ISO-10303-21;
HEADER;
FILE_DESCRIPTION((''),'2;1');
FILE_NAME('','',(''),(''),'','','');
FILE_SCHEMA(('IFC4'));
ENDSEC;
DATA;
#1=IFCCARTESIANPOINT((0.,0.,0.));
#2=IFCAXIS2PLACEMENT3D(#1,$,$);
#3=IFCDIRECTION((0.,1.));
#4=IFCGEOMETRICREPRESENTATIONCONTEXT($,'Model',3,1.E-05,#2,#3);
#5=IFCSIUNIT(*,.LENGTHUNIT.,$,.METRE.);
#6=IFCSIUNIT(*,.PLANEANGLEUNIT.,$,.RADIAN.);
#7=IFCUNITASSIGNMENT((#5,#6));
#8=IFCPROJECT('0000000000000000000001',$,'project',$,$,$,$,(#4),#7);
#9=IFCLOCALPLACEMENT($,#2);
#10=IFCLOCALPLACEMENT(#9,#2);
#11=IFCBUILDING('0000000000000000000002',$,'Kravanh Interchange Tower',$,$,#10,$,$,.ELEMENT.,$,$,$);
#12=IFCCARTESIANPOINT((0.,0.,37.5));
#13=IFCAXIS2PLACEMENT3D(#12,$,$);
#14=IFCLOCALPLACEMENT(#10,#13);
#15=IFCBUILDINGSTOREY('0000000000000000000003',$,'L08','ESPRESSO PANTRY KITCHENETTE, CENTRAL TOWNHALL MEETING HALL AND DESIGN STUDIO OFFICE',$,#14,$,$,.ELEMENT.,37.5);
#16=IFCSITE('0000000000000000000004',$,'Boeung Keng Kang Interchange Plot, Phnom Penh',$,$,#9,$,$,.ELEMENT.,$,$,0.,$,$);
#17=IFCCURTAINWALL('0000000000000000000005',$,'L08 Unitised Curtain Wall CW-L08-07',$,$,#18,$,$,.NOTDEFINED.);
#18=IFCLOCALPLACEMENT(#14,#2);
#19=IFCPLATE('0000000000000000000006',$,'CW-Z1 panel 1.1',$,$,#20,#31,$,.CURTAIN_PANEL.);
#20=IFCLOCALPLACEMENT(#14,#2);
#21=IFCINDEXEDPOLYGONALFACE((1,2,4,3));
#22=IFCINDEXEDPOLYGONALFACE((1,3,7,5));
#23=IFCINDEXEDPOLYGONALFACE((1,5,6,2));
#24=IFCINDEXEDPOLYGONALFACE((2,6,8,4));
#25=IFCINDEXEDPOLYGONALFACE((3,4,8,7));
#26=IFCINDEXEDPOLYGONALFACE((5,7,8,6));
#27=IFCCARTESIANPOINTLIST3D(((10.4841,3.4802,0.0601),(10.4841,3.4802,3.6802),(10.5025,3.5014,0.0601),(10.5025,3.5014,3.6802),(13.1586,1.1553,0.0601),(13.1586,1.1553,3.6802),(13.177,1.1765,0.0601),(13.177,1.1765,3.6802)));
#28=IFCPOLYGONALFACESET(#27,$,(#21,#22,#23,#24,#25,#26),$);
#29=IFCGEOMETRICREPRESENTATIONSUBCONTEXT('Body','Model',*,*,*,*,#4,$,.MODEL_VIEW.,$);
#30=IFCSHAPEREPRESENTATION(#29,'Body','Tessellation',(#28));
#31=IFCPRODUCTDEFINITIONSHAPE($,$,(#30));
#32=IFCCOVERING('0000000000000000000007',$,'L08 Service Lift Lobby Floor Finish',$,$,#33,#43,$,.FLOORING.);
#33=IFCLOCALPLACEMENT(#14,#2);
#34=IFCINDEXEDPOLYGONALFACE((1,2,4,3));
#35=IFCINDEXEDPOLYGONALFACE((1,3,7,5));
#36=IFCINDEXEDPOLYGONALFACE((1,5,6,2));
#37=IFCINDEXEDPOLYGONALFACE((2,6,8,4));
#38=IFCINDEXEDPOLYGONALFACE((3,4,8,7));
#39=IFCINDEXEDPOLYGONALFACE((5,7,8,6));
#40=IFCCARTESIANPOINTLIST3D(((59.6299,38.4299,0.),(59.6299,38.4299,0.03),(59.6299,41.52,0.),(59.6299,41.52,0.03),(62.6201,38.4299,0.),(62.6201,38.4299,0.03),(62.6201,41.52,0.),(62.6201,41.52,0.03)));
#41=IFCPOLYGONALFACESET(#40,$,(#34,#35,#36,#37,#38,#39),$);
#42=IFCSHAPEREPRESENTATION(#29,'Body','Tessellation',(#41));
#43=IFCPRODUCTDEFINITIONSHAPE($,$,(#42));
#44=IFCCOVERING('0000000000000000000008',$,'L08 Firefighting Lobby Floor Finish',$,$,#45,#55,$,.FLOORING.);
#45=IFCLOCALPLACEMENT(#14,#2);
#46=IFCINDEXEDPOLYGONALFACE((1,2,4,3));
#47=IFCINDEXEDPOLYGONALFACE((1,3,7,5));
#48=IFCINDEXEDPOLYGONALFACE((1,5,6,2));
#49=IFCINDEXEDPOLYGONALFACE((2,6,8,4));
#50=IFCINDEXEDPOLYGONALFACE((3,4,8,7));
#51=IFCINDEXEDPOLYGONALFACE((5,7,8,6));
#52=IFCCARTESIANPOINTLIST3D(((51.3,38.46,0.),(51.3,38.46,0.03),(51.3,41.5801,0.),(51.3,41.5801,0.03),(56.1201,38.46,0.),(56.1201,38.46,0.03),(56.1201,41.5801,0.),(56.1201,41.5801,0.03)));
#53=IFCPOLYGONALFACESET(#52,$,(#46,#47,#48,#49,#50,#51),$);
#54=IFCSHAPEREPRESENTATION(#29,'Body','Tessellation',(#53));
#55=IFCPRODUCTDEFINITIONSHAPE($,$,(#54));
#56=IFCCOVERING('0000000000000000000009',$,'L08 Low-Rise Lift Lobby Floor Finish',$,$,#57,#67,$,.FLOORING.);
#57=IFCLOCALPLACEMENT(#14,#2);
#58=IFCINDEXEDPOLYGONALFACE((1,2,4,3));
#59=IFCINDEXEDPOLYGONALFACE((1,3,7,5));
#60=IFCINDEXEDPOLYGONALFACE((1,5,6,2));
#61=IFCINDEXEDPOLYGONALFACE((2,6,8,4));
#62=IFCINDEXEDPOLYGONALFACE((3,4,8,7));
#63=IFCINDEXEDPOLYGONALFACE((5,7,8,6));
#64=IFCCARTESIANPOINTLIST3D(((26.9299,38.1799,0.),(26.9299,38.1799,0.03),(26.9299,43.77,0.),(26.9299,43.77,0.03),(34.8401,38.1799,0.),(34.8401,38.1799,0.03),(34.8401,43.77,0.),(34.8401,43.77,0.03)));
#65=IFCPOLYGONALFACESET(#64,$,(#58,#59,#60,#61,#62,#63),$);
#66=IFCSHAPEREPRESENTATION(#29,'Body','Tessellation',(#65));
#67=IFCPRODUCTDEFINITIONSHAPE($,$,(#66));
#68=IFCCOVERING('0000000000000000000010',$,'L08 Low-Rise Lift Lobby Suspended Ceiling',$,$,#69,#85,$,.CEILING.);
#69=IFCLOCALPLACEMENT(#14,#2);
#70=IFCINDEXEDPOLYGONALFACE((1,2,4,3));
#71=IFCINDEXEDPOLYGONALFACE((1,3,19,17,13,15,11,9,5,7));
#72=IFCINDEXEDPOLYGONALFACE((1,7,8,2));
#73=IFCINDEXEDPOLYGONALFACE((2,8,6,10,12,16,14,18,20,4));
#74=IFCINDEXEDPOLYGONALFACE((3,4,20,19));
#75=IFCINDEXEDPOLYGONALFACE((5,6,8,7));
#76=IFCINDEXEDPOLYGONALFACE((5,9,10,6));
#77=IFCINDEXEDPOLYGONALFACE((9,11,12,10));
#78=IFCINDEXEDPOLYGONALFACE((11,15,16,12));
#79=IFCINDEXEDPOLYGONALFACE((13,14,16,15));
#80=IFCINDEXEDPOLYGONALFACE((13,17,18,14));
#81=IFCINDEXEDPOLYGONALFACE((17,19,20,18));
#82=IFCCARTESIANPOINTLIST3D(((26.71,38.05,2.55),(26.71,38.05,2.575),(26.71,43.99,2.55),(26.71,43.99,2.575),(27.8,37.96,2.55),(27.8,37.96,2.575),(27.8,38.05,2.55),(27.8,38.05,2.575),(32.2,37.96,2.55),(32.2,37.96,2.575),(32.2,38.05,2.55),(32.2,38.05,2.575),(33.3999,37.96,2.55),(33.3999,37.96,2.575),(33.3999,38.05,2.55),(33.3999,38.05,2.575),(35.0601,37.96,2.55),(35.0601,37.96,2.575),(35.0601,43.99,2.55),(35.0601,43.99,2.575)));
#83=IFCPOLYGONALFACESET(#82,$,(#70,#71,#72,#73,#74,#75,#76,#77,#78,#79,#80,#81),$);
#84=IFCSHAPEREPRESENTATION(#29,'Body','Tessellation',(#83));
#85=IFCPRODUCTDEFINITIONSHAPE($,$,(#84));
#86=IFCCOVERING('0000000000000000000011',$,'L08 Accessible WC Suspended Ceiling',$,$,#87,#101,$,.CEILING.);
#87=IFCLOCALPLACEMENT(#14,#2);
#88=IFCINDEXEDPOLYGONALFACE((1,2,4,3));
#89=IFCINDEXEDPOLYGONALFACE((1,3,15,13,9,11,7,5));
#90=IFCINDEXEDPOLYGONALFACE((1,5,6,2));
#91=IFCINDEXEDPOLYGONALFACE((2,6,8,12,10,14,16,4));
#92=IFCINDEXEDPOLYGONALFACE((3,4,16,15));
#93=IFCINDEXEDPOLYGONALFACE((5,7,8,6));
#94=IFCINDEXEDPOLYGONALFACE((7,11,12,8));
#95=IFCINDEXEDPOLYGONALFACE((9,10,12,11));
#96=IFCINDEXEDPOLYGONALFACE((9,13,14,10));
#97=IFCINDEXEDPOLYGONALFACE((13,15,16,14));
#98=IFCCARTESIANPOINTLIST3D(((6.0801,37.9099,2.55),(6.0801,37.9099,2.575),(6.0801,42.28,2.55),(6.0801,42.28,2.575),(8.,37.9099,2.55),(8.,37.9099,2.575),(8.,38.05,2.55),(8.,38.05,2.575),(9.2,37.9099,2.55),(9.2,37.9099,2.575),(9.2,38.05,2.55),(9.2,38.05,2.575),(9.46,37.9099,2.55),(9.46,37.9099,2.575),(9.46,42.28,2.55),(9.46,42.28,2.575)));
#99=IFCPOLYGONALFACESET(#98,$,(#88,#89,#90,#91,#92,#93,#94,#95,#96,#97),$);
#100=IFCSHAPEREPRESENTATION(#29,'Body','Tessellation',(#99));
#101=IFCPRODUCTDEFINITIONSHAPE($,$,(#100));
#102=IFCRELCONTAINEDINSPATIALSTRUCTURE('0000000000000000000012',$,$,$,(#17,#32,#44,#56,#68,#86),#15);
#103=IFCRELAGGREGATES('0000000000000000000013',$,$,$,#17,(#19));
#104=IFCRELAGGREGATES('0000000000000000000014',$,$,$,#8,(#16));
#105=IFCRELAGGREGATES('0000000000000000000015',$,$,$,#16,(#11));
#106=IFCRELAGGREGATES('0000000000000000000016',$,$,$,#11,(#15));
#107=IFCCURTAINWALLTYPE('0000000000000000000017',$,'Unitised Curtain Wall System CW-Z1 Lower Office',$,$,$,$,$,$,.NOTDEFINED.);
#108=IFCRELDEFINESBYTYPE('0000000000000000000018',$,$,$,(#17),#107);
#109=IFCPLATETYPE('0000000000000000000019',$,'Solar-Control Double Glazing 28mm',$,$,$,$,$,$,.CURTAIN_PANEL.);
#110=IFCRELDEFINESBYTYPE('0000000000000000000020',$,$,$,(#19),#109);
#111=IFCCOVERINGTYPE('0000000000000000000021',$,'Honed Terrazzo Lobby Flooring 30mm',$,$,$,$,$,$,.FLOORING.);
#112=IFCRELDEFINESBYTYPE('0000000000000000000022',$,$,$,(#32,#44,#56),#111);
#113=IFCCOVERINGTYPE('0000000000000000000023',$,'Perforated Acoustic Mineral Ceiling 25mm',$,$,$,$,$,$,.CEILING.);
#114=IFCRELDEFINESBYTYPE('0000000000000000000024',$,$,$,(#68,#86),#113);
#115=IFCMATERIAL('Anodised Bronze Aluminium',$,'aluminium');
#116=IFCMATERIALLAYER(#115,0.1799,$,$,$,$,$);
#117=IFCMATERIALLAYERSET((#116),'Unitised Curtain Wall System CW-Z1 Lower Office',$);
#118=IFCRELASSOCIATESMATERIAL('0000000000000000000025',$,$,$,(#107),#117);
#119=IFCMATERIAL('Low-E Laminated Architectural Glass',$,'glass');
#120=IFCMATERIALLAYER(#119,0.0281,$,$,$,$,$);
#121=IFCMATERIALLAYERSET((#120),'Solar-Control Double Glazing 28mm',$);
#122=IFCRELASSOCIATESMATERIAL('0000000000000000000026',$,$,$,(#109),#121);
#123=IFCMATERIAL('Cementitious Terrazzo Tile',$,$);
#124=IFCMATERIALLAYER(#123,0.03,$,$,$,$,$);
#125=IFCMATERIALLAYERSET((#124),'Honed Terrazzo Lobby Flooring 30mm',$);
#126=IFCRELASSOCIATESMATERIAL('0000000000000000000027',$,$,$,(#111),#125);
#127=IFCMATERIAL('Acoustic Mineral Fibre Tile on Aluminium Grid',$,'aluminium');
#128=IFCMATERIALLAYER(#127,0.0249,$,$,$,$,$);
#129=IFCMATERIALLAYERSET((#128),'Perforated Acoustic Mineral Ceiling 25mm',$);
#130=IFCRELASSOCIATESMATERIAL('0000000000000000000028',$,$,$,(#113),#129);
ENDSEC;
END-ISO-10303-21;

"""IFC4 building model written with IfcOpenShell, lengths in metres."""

from ifc_helpers import new_model, si_unit, direction, frame, origin, origin_2d, place, context, subcontext, project, spatial, polyline, rectangle, outline, extrude, material, layer, layer_set, type_object, element, aggregate, save


model = new_model("IFC4")

# Units and contexts
model_context = context("Model", 3, precision=1e-05, world=origin(), true_north=direction((0.0, 1.0)))
body_context = subcontext(model_context, "Body", "Model", "MODEL_VIEW")
ifc_project = project(units=[si_unit("LENGTHUNIT", "METRE"), si_unit("PLANEANGLEUNIT", "RADIAN")], contexts=[model_context])

# Site, building, storey
site_placement = place(None, origin())
site = spatial("IfcSite", under=ifc_project, at=site_placement, Name="Boeung Keng Kang Interchange Plot, Phnom Penh", CompositionType="ELEMENT", RefElevation=0.0)
building_placement = place(site_placement, origin())
building = spatial("IfcBuilding", under=site, at=building_placement, Name="Kravanh Interchange Tower", CompositionType="ELEMENT")
storey_placement = place(building_placement, frame((0.0, 0.0, 37.5)))
storey = spatial("IfcBuildingStorey", under=building, at=storey_placement, Name="L08", Description="ESPRESSO PANTRY KITCHENETTE, CENTRAL TOWNHALL MEETING HALL AND DESIGN STUDIO OFFICE", CompositionType="ELEMENT", Elevation=37.5)

# Shared definitions
ifc_material_1 = material(Name="Anodised Bronze Aluminium", Category="aluminium")
ifc_layer_1 = layer(ifc_material_1, 0.1799)
ifc_layer_set_1 = layer_set([ifc_layer_1], Name="Unitised Curtain Wall System CW-Z1 Lower Office")
curtain_wall_type = type_object("IfcCurtainWallType", Name="Unitised Curtain Wall System CW-Z1 Lower Office", PredefinedType="NOTDEFINED", material=ifc_layer_set_1)

# Curtain wall
curtain_wall_1_placement = place(storey_placement, origin())
curtain_wall_1 = element("IfcCurtainWall", 1, at=curtain_wall_1_placement, inside=storey, type_object=curtain_wall_type, Name="L08 Unitised Curtain Wall CW-L08-07", PredefinedType="NOTDEFINED")

# Plate
ifc_material_2 = material(Name="Low-E Laminated Architectural Glass", Category="glass")
ifc_layer_2 = layer(ifc_material_2, 0.0281)
ifc_layer_set_2 = layer_set([ifc_layer_2], Name="Solar-Control Double Glazing 28mm")
plate_type = type_object("IfcPlateType", Name="Solar-Control Double Glazing 28mm", PredefinedType="CURTAIN_PANEL", material=ifc_layer_set_2)
plate_1_placement = place(storey_placement, frame((11.8306, 2.3284, 0.0601), z_axis=(0.0, 0.0, 1.0), x_axis=(-0.754708, 0.65606, 0.0)))
plate_1 = element("IfcPlate", 2, at=plate_1_placement, type_object=plate_type, Name="CW-Z1 panel 1.1", PredefinedType="CURTAIN_PANEL", context=body_context, shape_type="SweptSolid", body=[
    extrude(rectangle(XDim=3.5437, YDim=0.0281, at=origin_2d()), origin(), (0.0, 0.0, 1.0), 3.6201),
])
aggregate(curtain_wall_1, [plate_1])

# Coverings
ifc_material_3 = material(Name="Cementitious Terrazzo Tile")
ifc_layer_3 = layer(ifc_material_3, 0.03)
ifc_layer_set_3 = layer_set([ifc_layer_3], Name="Honed Terrazzo Lobby Flooring 30mm")
covering_type_1 = type_object("IfcCoveringType", Name="Honed Terrazzo Lobby Flooring 30mm", PredefinedType="FLOORING", material=ifc_layer_set_3)
covering_1_placement = place(storey_placement, origin())
element("IfcCovering", 3, at=covering_1_placement, inside=storey, type_object=covering_type_1, Name="L08 Service Lift Lobby Floor Finish", PredefinedType="FLOORING", context=body_context, shape_type="SweptSolid", body=[
    extrude(outline(polyline([(59.6299, 41.52), (62.6201, 41.52), (62.6201, 38.4299), (59.6299, 38.4299), (59.6299, 41.52)])), origin(), (0.0, 0.0, 1.0), 0.03),
])
covering_2_placement = place(storey_placement, origin())
element("IfcCovering", 4, at=covering_2_placement, inside=storey, type_object=covering_type_1, Name="L08 Firefighting Lobby Floor Finish", PredefinedType="FLOORING", context=body_context, shape_type="SweptSolid", body=[
    extrude(outline(polyline([(56.1201, 38.46), (51.3, 38.46), (51.3, 41.5801), (56.1201, 41.5801), (56.1201, 38.46)])), origin(), (0.0, 0.0, 1.0), 0.03),
])
covering_3_placement = place(storey_placement, origin())
element("IfcCovering", 5, at=covering_3_placement, inside=storey, type_object=covering_type_1, Name="L08 Low-Rise Lift Lobby Floor Finish", PredefinedType="FLOORING", context=body_context, shape_type="SweptSolid", body=[
    extrude(outline(polyline([(26.9299, 43.77), (34.8401, 43.77), (34.8401, 38.1799), (26.9299, 38.1799), (26.9299, 43.77)])), origin(), (0.0, 0.0, 1.0), 0.03),
])
ifc_material_4 = material(Name="Acoustic Mineral Fibre Tile on Aluminium Grid", Category="aluminium")
ifc_layer_4 = layer(ifc_material_4, 0.0249)
ifc_layer_set_4 = layer_set([ifc_layer_4], Name="Perforated Acoustic Mineral Ceiling 25mm")
covering_type_2 = type_object("IfcCoveringType", Name="Perforated Acoustic Mineral Ceiling 25mm", PredefinedType="CEILING", material=ifc_layer_set_4)
covering_4_placement = place(storey_placement, frame((0.0, 0.0, 2.55)))
element("IfcCovering", 6, at=covering_4_placement, inside=storey, type_object=covering_type_2, Name="L08 Low-Rise Lift Lobby Suspended Ceiling", PredefinedType="CEILING", context=body_context, shape_type="SweptSolid", body=[
    extrude(outline(polyline([(35.0601, 37.96), (33.3999, 37.96), (33.3999, 38.05), (32.2, 38.05), (32.2, 37.96), (27.8, 37.96), (27.8, 38.05), (26.71, 38.05), (26.71, 43.99), (35.0601, 43.99), (35.0601, 37.96)])), origin(), (0.0, 0.0, 1.0), 0.0249),
])
covering_5_placement = place(storey_placement, frame((0.0, 0.0, 2.55)))
element("IfcCovering", 7, at=covering_5_placement, inside=storey, type_object=covering_type_2, Name="L08 Accessible WC Suspended Ceiling", PredefinedType="CEILING", context=body_context, shape_type="SweptSolid", body=[
    extrude(outline(polyline([(9.46, 42.28), (9.46, 37.9099), (9.2, 37.9099), (9.2, 38.05), (8.0, 38.05), (8.0, 37.9099), (6.0801, 37.9099), (6.0801, 42.28), (9.46, 42.28)])), origin(), (0.0, 0.0, 1.0), 0.0249),
])

save(model, "model.ifc")
